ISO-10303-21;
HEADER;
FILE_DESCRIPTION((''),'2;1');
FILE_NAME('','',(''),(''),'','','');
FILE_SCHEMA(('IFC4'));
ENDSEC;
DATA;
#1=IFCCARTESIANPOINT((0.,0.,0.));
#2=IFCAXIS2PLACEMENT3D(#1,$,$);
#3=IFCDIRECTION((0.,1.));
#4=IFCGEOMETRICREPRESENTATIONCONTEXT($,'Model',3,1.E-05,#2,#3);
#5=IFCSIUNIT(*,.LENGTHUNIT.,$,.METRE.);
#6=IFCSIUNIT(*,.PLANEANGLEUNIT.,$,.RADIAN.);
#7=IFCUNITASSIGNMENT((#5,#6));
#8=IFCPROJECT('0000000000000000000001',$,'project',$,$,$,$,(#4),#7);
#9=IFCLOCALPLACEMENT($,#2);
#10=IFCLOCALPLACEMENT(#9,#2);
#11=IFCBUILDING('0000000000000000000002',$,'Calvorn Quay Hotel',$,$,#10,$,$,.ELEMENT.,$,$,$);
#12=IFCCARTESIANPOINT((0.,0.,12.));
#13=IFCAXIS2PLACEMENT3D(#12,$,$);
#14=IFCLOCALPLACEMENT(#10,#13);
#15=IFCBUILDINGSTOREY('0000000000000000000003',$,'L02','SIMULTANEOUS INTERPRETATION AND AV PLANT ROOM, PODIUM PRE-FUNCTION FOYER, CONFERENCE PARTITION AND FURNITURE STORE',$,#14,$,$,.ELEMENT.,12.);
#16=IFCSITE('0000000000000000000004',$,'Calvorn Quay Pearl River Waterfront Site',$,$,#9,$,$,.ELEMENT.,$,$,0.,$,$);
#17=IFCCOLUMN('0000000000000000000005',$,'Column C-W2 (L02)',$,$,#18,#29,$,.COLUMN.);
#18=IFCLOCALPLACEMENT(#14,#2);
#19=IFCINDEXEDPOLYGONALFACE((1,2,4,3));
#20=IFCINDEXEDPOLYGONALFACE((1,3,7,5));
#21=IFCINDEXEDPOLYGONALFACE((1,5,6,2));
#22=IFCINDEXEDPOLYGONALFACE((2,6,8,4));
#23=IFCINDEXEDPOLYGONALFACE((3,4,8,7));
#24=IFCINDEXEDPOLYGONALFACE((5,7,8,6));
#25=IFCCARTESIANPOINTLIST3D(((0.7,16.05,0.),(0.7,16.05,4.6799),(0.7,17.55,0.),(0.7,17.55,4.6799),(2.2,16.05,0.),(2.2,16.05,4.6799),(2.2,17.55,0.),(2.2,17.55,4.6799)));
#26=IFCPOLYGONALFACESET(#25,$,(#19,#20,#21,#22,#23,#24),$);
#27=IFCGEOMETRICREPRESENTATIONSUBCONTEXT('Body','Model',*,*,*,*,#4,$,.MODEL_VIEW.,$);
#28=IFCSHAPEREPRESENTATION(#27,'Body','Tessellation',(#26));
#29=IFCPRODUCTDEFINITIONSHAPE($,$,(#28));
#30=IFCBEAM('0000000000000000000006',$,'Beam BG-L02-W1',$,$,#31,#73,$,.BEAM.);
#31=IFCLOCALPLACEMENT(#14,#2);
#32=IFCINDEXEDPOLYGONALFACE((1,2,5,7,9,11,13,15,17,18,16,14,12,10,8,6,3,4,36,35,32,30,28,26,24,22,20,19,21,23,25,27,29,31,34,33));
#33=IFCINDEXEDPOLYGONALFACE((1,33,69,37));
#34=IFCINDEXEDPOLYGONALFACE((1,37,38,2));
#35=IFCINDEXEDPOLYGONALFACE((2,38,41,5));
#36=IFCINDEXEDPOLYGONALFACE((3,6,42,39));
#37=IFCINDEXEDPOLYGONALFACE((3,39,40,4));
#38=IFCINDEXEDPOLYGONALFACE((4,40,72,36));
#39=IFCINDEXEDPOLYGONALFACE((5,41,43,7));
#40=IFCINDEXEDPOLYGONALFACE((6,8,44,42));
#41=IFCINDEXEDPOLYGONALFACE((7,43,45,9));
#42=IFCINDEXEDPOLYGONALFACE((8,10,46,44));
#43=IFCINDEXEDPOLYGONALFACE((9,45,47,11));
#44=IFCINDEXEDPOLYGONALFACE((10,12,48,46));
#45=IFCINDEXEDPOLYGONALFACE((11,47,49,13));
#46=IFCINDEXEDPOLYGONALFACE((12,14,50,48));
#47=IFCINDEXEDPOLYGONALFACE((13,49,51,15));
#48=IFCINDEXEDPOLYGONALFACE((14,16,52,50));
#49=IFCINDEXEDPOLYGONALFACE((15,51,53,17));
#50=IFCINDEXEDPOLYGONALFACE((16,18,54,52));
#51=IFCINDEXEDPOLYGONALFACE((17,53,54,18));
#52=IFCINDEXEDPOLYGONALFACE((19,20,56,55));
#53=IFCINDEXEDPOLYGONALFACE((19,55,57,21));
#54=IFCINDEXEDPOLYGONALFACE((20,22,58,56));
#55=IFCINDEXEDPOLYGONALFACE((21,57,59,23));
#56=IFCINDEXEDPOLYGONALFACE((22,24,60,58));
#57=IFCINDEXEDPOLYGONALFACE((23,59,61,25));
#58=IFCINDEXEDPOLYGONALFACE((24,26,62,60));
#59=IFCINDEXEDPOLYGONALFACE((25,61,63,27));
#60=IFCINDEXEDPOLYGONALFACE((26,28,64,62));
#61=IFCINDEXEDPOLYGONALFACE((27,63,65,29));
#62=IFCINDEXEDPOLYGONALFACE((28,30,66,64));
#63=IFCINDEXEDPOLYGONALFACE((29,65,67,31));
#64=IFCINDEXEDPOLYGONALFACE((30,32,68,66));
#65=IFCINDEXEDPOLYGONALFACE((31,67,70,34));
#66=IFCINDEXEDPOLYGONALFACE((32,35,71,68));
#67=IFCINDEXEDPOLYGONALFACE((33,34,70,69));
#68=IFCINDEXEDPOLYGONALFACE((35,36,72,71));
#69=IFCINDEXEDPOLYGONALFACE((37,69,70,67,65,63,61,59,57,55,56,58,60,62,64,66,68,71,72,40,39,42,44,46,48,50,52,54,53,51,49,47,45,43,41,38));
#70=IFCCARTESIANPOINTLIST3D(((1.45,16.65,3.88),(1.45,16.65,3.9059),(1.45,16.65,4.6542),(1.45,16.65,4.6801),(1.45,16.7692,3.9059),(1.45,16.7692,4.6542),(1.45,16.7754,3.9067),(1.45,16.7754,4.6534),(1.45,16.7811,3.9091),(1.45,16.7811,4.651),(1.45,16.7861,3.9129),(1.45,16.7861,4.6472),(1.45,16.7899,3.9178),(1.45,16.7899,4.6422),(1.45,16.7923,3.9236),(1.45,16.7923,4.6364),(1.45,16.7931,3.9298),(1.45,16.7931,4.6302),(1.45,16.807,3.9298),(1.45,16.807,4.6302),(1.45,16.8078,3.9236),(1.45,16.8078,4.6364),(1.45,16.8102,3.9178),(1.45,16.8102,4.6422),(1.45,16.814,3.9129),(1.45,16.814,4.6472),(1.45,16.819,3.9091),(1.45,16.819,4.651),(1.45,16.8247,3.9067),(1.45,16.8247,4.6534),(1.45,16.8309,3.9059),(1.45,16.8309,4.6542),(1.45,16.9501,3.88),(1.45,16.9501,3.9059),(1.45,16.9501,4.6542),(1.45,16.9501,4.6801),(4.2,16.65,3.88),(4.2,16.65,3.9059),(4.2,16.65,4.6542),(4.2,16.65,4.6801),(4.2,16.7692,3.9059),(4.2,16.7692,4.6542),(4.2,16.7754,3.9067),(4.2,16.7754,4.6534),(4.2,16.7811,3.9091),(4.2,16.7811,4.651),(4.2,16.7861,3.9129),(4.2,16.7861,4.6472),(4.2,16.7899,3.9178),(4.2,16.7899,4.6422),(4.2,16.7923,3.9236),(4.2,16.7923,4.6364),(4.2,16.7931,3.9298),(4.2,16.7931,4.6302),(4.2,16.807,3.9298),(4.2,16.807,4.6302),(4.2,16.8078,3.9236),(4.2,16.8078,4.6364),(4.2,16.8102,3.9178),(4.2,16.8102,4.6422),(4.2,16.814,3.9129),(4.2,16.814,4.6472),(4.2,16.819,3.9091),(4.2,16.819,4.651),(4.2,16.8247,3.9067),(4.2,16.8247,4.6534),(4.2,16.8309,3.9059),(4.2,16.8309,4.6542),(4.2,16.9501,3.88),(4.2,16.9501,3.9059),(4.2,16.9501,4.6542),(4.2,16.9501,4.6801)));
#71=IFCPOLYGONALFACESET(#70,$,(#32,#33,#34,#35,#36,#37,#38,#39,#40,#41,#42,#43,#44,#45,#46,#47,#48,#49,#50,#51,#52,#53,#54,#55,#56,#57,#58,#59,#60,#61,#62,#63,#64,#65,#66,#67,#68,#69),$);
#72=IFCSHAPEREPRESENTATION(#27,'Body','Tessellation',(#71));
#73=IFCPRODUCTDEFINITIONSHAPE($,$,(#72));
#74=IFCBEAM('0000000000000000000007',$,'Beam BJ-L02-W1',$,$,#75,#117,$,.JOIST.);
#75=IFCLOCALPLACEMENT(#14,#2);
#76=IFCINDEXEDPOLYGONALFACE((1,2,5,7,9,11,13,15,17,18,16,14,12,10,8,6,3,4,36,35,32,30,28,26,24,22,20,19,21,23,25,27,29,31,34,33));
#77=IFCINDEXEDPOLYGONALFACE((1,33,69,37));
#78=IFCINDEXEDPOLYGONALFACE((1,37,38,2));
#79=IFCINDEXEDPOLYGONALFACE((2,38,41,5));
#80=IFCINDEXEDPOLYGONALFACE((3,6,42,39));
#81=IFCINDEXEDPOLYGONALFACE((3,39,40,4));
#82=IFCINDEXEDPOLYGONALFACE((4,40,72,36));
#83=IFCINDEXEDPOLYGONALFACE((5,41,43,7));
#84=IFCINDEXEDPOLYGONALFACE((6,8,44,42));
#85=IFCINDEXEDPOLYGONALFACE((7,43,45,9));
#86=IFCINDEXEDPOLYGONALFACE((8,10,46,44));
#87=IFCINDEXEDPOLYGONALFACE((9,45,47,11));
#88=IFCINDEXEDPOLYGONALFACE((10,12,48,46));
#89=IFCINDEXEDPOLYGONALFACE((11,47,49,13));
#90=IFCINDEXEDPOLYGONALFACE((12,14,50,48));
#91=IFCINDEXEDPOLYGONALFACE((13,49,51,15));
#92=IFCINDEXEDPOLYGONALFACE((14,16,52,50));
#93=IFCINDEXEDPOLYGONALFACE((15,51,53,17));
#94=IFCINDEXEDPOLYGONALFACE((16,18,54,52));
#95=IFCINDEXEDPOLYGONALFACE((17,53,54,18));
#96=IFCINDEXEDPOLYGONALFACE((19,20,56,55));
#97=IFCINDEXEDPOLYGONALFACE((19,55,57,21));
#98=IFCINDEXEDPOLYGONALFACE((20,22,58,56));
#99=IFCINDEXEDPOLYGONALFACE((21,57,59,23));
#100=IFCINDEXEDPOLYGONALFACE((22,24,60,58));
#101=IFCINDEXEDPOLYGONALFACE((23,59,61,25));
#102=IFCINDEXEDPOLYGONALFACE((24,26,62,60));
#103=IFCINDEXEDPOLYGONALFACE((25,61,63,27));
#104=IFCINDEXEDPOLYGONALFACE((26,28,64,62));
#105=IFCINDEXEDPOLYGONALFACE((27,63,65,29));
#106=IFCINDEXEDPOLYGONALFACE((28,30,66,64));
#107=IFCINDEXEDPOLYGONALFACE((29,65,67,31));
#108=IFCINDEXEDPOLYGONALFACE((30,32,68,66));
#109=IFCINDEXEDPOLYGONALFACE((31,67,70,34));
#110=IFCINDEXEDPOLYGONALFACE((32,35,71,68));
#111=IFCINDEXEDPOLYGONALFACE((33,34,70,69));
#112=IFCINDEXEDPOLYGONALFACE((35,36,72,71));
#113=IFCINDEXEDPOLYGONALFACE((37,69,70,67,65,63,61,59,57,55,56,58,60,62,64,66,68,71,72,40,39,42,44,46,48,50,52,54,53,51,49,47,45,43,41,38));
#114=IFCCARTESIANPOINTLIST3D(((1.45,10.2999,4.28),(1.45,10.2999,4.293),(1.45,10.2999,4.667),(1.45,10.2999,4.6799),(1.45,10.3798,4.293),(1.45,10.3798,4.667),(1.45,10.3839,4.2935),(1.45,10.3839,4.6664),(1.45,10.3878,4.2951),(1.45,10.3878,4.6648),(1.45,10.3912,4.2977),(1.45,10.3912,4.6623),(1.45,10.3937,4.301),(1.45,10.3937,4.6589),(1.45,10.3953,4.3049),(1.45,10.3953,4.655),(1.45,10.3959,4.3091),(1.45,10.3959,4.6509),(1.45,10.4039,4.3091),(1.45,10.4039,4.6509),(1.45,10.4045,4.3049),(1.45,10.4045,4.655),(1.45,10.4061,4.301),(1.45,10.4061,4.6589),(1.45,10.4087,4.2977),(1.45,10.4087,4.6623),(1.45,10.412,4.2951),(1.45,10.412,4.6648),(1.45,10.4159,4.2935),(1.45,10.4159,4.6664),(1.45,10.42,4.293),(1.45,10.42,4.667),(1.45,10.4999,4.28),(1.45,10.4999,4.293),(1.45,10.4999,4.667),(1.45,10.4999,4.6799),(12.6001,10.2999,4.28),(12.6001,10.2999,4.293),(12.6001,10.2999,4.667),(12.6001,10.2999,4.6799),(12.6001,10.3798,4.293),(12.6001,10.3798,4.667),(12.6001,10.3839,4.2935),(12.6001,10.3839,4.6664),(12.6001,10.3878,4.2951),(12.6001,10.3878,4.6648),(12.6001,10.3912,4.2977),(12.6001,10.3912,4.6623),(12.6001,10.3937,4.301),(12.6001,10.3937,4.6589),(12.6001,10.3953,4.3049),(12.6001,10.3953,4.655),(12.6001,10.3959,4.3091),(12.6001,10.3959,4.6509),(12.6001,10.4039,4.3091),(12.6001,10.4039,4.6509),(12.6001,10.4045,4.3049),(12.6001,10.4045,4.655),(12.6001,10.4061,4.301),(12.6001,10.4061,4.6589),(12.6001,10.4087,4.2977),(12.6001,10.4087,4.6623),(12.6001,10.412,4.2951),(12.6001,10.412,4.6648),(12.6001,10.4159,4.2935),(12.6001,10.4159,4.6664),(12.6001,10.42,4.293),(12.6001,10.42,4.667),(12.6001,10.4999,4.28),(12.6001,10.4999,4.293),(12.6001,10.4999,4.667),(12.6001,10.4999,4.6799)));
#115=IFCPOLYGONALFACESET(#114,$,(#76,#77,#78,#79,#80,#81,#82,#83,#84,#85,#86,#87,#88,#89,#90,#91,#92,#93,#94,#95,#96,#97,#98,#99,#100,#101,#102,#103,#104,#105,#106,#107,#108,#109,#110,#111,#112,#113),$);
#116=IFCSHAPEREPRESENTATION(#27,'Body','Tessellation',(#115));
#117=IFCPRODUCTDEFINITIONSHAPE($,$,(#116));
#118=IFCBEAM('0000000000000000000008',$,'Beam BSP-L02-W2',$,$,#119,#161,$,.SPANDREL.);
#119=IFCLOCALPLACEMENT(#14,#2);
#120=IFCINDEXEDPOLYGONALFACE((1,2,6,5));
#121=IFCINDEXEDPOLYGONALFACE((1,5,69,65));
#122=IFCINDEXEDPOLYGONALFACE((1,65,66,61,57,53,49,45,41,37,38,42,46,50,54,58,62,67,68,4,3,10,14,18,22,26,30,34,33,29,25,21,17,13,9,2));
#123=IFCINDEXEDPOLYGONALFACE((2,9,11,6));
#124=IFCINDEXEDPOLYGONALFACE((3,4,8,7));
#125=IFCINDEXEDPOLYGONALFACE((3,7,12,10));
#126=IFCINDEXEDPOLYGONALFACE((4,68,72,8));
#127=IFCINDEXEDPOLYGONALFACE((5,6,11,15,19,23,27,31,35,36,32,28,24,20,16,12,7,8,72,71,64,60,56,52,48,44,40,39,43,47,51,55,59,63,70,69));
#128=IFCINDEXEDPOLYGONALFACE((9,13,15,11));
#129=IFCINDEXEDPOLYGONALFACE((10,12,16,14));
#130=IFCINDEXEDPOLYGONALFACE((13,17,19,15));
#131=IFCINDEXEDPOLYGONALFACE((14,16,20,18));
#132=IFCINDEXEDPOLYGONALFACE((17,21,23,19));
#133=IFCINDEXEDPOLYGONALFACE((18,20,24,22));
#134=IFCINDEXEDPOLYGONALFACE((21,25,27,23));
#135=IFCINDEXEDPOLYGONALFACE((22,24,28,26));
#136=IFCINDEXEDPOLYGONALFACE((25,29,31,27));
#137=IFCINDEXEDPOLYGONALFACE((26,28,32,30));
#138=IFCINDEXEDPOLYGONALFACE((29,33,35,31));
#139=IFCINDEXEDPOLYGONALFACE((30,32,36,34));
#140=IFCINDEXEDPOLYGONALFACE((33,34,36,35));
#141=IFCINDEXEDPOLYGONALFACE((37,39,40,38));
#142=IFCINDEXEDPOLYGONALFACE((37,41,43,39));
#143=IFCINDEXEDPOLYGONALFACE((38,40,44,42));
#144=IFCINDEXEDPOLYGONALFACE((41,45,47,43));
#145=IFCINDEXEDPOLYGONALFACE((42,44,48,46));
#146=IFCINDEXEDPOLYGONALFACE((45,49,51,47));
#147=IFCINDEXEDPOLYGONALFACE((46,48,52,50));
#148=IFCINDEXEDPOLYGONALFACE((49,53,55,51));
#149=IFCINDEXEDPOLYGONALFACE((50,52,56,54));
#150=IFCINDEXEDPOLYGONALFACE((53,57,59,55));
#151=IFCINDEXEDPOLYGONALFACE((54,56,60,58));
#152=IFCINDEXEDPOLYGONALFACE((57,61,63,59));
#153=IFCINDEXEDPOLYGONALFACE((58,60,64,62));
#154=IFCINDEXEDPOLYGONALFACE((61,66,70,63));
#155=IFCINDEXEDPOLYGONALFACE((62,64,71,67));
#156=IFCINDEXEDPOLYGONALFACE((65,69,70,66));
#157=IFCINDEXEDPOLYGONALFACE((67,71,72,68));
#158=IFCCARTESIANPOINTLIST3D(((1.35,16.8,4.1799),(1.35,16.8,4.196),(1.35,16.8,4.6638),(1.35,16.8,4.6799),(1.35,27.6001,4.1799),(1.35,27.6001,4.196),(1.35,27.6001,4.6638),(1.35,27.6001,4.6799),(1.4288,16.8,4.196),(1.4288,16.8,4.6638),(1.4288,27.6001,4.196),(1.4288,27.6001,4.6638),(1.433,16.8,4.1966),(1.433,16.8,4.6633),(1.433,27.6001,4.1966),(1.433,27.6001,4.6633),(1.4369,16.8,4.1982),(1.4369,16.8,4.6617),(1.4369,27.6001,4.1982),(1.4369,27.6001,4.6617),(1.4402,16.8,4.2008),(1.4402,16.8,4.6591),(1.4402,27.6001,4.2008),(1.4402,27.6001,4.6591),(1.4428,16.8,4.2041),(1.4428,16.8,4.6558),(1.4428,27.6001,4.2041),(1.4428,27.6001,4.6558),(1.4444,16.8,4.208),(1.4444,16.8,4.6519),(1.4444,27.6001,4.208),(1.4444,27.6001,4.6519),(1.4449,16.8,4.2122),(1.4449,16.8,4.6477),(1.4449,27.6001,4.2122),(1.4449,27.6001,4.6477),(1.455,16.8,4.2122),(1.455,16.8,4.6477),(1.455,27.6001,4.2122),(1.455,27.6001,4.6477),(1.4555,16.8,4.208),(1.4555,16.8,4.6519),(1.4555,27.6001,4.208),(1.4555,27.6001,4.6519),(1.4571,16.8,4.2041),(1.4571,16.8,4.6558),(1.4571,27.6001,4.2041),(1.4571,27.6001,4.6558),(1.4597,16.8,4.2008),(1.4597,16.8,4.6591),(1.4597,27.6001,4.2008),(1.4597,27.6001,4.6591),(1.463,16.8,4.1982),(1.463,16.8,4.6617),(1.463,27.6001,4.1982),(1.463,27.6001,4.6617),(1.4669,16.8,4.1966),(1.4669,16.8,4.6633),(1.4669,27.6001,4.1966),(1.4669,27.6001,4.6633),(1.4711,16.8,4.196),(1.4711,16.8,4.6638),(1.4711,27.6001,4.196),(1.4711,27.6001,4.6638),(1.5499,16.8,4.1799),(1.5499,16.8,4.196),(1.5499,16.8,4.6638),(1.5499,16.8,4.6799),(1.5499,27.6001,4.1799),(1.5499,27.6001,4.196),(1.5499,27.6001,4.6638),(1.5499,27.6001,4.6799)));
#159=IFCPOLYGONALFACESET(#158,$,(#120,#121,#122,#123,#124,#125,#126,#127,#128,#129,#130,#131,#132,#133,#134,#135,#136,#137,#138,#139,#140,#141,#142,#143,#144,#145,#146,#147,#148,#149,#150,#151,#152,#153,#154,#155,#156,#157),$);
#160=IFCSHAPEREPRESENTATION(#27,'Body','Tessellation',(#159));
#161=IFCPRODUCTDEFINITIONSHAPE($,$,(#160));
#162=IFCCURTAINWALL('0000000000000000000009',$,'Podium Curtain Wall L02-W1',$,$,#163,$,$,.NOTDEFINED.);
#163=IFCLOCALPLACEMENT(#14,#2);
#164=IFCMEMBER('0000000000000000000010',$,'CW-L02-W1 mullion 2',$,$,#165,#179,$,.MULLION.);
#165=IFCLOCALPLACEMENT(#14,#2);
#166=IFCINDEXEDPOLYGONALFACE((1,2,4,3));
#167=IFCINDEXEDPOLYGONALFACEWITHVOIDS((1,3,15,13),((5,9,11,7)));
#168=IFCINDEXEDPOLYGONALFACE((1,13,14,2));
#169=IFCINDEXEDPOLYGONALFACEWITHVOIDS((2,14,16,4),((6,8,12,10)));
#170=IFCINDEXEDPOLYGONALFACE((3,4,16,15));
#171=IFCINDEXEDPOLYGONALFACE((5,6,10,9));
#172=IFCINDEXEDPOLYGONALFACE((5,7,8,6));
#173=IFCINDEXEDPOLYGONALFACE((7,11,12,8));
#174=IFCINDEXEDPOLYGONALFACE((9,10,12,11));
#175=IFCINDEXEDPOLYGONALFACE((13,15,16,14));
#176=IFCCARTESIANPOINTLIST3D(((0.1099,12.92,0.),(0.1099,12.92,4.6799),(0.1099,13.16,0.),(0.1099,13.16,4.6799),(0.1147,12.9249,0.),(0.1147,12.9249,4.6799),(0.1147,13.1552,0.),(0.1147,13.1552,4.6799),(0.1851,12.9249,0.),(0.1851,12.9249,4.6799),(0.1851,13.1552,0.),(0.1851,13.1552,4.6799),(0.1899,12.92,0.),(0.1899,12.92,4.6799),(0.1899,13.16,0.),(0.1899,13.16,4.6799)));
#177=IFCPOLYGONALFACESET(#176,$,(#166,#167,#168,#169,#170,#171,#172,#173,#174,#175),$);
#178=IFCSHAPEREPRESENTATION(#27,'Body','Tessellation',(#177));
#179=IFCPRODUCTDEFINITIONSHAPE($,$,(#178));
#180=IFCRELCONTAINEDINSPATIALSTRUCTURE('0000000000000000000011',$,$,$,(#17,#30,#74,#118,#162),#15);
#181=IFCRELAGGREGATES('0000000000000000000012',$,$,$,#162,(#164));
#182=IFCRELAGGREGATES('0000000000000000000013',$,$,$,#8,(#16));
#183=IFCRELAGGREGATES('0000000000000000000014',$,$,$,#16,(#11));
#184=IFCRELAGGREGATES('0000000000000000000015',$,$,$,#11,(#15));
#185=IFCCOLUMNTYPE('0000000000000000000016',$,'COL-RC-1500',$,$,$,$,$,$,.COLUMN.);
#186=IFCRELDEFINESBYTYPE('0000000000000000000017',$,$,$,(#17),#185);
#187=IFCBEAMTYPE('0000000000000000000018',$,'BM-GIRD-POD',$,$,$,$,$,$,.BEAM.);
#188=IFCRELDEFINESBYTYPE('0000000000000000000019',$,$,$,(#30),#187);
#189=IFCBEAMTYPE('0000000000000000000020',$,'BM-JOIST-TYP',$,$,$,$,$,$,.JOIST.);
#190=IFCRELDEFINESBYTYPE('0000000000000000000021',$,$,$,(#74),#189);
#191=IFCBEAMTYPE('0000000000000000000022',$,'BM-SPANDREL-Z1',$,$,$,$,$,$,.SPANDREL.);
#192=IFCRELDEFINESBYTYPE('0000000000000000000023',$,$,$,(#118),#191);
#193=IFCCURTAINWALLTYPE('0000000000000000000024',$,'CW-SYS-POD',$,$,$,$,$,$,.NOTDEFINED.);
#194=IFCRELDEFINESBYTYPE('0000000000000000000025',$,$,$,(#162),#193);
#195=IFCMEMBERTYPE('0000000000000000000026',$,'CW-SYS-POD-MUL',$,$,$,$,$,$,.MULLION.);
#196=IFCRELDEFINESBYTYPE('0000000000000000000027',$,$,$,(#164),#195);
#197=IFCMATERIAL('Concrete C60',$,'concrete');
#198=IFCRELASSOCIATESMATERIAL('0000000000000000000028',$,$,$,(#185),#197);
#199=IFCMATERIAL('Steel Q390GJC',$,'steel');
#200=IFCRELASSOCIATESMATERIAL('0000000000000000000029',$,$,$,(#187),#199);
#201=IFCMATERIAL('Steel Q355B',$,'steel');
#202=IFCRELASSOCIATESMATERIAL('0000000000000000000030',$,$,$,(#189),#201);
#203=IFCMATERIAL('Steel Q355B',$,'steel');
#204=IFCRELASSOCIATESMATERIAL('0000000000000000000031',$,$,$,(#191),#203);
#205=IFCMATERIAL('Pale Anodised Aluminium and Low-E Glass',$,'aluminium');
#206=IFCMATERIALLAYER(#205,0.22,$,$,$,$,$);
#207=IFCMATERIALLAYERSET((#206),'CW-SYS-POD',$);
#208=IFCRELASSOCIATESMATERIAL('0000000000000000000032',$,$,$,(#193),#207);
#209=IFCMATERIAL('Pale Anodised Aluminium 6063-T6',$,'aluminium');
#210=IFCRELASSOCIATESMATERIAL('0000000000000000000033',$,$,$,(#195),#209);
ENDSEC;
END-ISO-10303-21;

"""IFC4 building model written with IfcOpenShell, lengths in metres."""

from ifc_helpers import new_model, si_unit, direction, frame, origin, origin_2d, place, context, subcontext, project, spatial, rectangle, hollow_rectangle, i_section, extrude, material, layer, layer_set, material_profile, profile_set, type_object, element, aggregate, save


model = new_model("IFC4")

# Units and contexts
model_context = context("Model", 3, precision=1e-05, world=origin(), true_north=direction((0.0, 1.0)))
body_context = subcontext(model_context, "Body", "Model", "MODEL_VIEW")
ifc_project = project(units=[si_unit("LENGTHUNIT", "METRE"), si_unit("PLANEANGLEUNIT", "RADIAN")], contexts=[model_context])

# Site, building, storey
site_placement = place(None, origin())
site = spatial("IfcSite", under=ifc_project, at=site_placement, Name="Calvorn Quay Pearl River Waterfront Site", CompositionType="ELEMENT", RefElevation=0.0)
building_placement = place(site_placement, origin())
building = spatial("IfcBuilding", under=site, at=building_placement, Name="Calvorn Quay Hotel", CompositionType="ELEMENT")
storey_placement = place(building_placement, frame((0.0, 0.0, 12.0)))
storey = spatial("IfcBuildingStorey", under=building, at=storey_placement, Name="L02", Description="SIMULTANEOUS INTERPRETATION AND AV PLANT ROOM, PODIUM PRE-FUNCTION FOYER, CONFERENCE PARTITION AND FURNITURE STORE", CompositionType="ELEMENT", Elevation=12.0)

# Column
ifc_material_1 = material(Name="Concrete C60", Category="concrete")
ifc_material_profile_1 = material_profile(ifc_material_1, rectangle(XDim=1.5, YDim=1.5, at=origin_2d()), Name="RC1500x1500")
ifc_profile_set_1 = profile_set([ifc_material_profile_1], Name="Concrete C60")
column_type = type_object("IfcColumnType", Name="COL-RC-1500", PredefinedType="COLUMN", material=ifc_profile_set_1)
column_placement = place(storey_placement, frame((1.45, 16.8, 0.0), z_axis=(0.0, 0.0, 1.0), x_axis=(1.0, 0.0, 0.0)))
element("IfcColumn", 1, at=column_placement, inside=storey, type_object=column_type, Name="Column C-W2 (L02)", PredefinedType="COLUMN", context=body_context, shape_type="SweptSolid", body=[
    extrude(rectangle(XDim=1.5, YDim=1.5, at=origin_2d()), origin(), (0.0, 0.0, 1.0), 4.6799),
])

# Beams
ifc_material_2 = material(Name="Steel Q390GJC", Category="steel")
ifc_material_profile_2 = material_profile(ifc_material_2, i_section(OverallWidth=0.3, OverallDepth=0.8, WebThickness=0.0139, FlangeThickness=0.0259, FilletRadius=0.0239, at=origin_2d()), Name="HN800x300x14x26")
ifc_profile_set_2 = profile_set([ifc_material_profile_2], Name="Steel Q390GJC")
beam_type_1 = type_object("IfcBeamType", Name="BM-GIRD-POD", PredefinedType="BEAM", material=ifc_profile_set_2)
beam_1_placement = place(storey_placement, frame((1.45, 16.8, 4.28), z_axis=(1.0, 0.0, 0.0), x_axis=(0.0, 1.0, 0.0)))
element("IfcBeam", 2, at=beam_1_placement, inside=storey, type_object=beam_type_1, Name="Beam BG-L02-W1", PredefinedType="BEAM", context=body_context, shape_type="SweptSolid", body=[
    extrude(i_section(OverallWidth=0.3, OverallDepth=0.8, WebThickness=0.0139, FlangeThickness=0.0259, FilletRadius=0.0239, at=origin_2d()), origin(), (0.0, 0.0, 1.0), 2.75),
])
ifc_material_3 = material(Name="Steel Q355B", Category="steel")
ifc_material_profile_3 = material_profile(ifc_material_3, i_section(OverallWidth=0.2, OverallDepth=0.3999, WebThickness=0.0081, FlangeThickness=0.0129, FilletRadius=0.0161, at=origin_2d()), Name="HN400x200x8x13")
ifc_profile_set_3 = profile_set([ifc_material_profile_3], Name="Steel Q355B")
beam_type_2 = type_object("IfcBeamType", Name="BM-JOIST-TYP", PredefinedType="JOIST", material=ifc_profile_set_3)
beam_2_placement = place(storey_placement, frame((1.45, 10.3999, 4.48), z_axis=(1.0, 0.0, 0.0), x_axis=(0.0, 1.0, 0.0)))
element("IfcBeam", 3, at=beam_2_placement, inside=storey, type_object=beam_type_2, Name="Beam BJ-L02-W1", PredefinedType="JOIST", context=body_context, shape_type="SweptSolid", body=[
    extrude(i_section(OverallWidth=0.2, OverallDepth=0.3999, WebThickness=0.0081, FlangeThickness=0.0129, FilletRadius=0.0161, at=origin_2d()), origin(), (0.0, 0.0, 1.0), 11.1501),
])
ifc_material_4 = material(Name="Steel Q355B", Category="steel")
ifc_material_profile_4 = material_profile(ifc_material_4, i_section(OverallWidth=0.2, OverallDepth=0.5, WebThickness=0.01, FlangeThickness=0.0161, FilletRadius=0.0161, at=origin_2d()), Name="HN500x200x10x16")
ifc_profile_set_4 = profile_set([ifc_material_profile_4], Name="Steel Q355B")
beam_type_3 = type_object("IfcBeamType", Name="BM-SPANDREL-Z1", PredefinedType="SPANDREL", material=ifc_profile_set_4)
beam_3_placement = place(storey_placement, frame((1.45, 16.8, 4.4299), z_axis=(0.0, 1.0, 0.0), x_axis=(-1.0, 0.0, 0.0)))
element("IfcBeam", 4, at=beam_3_placement, inside=storey, type_object=beam_type_3, Name="Beam BSP-L02-W2", PredefinedType="SPANDREL", context=body_context, shape_type="SweptSolid", body=[
    extrude(i_section(OverallWidth=0.2, OverallDepth=0.5, WebThickness=0.01, FlangeThickness=0.0161, FilletRadius=0.0161, at=origin_2d()), origin(), (0.0, 0.0, 1.0), 10.8),
])

# Curtain wall, member
ifc_material_5 = material(Name="Pale Anodised Aluminium and Low-E Glass", Category="aluminium")
ifc_layer_1 = layer(ifc_material_5, 0.22)
ifc_layer_set_1 = layer_set([ifc_layer_1], Name="CW-SYS-POD")
curtain_wall_type = type_object("IfcCurtainWallType", Name="CW-SYS-POD", PredefinedType="NOTDEFINED", material=ifc_layer_set_1)
curtain_wall_placement = place(storey_placement, origin())
curtain_wall = element("IfcCurtainWall", 5, at=curtain_wall_placement, inside=storey, type_object=curtain_wall_type, Name="Podium Curtain Wall L02-W1", PredefinedType="NOTDEFINED")
ifc_material_6 = material(Name="Pale Anodised Aluminium 6063-T6", Category="aluminium")
ifc_material_profile_5 = material_profile(ifc_material_6, hollow_rectangle(XDim=0.0801, YDim=0.24, WallThickness=0.0049, at=origin_2d()), Name="ALU-M240x80x5")
ifc_profile_set_5 = profile_set([ifc_material_profile_5], Name="Pale Anodised Aluminium 6063-T6")
member_type_1 = type_object("IfcMemberType", Name="CW-SYS-POD-MUL", PredefinedType="MULLION", material=ifc_profile_set_5)
member_1_placement = place(storey_placement, frame((0.1499, 13.04, 0.0), z_axis=(0.0, 0.0, 1.0), x_axis=(-1.0, 0.0, 0.0)))
member_1 = element("IfcMember", 6, at=member_1_placement, type_object=member_type_1, Name="CW-L02-W1 mullion 2", PredefinedType="MULLION", context=body_context, shape_type="SweptSolid", body=[
    extrude(hollow_rectangle(XDim=0.0801, YDim=0.24, WallThickness=0.0049, at=origin_2d()), origin(), (0.0, 0.0, 1.0), 4.6799),
])
aggregate(curtain_wall, [member_1])

save(model, "model.ifc")
